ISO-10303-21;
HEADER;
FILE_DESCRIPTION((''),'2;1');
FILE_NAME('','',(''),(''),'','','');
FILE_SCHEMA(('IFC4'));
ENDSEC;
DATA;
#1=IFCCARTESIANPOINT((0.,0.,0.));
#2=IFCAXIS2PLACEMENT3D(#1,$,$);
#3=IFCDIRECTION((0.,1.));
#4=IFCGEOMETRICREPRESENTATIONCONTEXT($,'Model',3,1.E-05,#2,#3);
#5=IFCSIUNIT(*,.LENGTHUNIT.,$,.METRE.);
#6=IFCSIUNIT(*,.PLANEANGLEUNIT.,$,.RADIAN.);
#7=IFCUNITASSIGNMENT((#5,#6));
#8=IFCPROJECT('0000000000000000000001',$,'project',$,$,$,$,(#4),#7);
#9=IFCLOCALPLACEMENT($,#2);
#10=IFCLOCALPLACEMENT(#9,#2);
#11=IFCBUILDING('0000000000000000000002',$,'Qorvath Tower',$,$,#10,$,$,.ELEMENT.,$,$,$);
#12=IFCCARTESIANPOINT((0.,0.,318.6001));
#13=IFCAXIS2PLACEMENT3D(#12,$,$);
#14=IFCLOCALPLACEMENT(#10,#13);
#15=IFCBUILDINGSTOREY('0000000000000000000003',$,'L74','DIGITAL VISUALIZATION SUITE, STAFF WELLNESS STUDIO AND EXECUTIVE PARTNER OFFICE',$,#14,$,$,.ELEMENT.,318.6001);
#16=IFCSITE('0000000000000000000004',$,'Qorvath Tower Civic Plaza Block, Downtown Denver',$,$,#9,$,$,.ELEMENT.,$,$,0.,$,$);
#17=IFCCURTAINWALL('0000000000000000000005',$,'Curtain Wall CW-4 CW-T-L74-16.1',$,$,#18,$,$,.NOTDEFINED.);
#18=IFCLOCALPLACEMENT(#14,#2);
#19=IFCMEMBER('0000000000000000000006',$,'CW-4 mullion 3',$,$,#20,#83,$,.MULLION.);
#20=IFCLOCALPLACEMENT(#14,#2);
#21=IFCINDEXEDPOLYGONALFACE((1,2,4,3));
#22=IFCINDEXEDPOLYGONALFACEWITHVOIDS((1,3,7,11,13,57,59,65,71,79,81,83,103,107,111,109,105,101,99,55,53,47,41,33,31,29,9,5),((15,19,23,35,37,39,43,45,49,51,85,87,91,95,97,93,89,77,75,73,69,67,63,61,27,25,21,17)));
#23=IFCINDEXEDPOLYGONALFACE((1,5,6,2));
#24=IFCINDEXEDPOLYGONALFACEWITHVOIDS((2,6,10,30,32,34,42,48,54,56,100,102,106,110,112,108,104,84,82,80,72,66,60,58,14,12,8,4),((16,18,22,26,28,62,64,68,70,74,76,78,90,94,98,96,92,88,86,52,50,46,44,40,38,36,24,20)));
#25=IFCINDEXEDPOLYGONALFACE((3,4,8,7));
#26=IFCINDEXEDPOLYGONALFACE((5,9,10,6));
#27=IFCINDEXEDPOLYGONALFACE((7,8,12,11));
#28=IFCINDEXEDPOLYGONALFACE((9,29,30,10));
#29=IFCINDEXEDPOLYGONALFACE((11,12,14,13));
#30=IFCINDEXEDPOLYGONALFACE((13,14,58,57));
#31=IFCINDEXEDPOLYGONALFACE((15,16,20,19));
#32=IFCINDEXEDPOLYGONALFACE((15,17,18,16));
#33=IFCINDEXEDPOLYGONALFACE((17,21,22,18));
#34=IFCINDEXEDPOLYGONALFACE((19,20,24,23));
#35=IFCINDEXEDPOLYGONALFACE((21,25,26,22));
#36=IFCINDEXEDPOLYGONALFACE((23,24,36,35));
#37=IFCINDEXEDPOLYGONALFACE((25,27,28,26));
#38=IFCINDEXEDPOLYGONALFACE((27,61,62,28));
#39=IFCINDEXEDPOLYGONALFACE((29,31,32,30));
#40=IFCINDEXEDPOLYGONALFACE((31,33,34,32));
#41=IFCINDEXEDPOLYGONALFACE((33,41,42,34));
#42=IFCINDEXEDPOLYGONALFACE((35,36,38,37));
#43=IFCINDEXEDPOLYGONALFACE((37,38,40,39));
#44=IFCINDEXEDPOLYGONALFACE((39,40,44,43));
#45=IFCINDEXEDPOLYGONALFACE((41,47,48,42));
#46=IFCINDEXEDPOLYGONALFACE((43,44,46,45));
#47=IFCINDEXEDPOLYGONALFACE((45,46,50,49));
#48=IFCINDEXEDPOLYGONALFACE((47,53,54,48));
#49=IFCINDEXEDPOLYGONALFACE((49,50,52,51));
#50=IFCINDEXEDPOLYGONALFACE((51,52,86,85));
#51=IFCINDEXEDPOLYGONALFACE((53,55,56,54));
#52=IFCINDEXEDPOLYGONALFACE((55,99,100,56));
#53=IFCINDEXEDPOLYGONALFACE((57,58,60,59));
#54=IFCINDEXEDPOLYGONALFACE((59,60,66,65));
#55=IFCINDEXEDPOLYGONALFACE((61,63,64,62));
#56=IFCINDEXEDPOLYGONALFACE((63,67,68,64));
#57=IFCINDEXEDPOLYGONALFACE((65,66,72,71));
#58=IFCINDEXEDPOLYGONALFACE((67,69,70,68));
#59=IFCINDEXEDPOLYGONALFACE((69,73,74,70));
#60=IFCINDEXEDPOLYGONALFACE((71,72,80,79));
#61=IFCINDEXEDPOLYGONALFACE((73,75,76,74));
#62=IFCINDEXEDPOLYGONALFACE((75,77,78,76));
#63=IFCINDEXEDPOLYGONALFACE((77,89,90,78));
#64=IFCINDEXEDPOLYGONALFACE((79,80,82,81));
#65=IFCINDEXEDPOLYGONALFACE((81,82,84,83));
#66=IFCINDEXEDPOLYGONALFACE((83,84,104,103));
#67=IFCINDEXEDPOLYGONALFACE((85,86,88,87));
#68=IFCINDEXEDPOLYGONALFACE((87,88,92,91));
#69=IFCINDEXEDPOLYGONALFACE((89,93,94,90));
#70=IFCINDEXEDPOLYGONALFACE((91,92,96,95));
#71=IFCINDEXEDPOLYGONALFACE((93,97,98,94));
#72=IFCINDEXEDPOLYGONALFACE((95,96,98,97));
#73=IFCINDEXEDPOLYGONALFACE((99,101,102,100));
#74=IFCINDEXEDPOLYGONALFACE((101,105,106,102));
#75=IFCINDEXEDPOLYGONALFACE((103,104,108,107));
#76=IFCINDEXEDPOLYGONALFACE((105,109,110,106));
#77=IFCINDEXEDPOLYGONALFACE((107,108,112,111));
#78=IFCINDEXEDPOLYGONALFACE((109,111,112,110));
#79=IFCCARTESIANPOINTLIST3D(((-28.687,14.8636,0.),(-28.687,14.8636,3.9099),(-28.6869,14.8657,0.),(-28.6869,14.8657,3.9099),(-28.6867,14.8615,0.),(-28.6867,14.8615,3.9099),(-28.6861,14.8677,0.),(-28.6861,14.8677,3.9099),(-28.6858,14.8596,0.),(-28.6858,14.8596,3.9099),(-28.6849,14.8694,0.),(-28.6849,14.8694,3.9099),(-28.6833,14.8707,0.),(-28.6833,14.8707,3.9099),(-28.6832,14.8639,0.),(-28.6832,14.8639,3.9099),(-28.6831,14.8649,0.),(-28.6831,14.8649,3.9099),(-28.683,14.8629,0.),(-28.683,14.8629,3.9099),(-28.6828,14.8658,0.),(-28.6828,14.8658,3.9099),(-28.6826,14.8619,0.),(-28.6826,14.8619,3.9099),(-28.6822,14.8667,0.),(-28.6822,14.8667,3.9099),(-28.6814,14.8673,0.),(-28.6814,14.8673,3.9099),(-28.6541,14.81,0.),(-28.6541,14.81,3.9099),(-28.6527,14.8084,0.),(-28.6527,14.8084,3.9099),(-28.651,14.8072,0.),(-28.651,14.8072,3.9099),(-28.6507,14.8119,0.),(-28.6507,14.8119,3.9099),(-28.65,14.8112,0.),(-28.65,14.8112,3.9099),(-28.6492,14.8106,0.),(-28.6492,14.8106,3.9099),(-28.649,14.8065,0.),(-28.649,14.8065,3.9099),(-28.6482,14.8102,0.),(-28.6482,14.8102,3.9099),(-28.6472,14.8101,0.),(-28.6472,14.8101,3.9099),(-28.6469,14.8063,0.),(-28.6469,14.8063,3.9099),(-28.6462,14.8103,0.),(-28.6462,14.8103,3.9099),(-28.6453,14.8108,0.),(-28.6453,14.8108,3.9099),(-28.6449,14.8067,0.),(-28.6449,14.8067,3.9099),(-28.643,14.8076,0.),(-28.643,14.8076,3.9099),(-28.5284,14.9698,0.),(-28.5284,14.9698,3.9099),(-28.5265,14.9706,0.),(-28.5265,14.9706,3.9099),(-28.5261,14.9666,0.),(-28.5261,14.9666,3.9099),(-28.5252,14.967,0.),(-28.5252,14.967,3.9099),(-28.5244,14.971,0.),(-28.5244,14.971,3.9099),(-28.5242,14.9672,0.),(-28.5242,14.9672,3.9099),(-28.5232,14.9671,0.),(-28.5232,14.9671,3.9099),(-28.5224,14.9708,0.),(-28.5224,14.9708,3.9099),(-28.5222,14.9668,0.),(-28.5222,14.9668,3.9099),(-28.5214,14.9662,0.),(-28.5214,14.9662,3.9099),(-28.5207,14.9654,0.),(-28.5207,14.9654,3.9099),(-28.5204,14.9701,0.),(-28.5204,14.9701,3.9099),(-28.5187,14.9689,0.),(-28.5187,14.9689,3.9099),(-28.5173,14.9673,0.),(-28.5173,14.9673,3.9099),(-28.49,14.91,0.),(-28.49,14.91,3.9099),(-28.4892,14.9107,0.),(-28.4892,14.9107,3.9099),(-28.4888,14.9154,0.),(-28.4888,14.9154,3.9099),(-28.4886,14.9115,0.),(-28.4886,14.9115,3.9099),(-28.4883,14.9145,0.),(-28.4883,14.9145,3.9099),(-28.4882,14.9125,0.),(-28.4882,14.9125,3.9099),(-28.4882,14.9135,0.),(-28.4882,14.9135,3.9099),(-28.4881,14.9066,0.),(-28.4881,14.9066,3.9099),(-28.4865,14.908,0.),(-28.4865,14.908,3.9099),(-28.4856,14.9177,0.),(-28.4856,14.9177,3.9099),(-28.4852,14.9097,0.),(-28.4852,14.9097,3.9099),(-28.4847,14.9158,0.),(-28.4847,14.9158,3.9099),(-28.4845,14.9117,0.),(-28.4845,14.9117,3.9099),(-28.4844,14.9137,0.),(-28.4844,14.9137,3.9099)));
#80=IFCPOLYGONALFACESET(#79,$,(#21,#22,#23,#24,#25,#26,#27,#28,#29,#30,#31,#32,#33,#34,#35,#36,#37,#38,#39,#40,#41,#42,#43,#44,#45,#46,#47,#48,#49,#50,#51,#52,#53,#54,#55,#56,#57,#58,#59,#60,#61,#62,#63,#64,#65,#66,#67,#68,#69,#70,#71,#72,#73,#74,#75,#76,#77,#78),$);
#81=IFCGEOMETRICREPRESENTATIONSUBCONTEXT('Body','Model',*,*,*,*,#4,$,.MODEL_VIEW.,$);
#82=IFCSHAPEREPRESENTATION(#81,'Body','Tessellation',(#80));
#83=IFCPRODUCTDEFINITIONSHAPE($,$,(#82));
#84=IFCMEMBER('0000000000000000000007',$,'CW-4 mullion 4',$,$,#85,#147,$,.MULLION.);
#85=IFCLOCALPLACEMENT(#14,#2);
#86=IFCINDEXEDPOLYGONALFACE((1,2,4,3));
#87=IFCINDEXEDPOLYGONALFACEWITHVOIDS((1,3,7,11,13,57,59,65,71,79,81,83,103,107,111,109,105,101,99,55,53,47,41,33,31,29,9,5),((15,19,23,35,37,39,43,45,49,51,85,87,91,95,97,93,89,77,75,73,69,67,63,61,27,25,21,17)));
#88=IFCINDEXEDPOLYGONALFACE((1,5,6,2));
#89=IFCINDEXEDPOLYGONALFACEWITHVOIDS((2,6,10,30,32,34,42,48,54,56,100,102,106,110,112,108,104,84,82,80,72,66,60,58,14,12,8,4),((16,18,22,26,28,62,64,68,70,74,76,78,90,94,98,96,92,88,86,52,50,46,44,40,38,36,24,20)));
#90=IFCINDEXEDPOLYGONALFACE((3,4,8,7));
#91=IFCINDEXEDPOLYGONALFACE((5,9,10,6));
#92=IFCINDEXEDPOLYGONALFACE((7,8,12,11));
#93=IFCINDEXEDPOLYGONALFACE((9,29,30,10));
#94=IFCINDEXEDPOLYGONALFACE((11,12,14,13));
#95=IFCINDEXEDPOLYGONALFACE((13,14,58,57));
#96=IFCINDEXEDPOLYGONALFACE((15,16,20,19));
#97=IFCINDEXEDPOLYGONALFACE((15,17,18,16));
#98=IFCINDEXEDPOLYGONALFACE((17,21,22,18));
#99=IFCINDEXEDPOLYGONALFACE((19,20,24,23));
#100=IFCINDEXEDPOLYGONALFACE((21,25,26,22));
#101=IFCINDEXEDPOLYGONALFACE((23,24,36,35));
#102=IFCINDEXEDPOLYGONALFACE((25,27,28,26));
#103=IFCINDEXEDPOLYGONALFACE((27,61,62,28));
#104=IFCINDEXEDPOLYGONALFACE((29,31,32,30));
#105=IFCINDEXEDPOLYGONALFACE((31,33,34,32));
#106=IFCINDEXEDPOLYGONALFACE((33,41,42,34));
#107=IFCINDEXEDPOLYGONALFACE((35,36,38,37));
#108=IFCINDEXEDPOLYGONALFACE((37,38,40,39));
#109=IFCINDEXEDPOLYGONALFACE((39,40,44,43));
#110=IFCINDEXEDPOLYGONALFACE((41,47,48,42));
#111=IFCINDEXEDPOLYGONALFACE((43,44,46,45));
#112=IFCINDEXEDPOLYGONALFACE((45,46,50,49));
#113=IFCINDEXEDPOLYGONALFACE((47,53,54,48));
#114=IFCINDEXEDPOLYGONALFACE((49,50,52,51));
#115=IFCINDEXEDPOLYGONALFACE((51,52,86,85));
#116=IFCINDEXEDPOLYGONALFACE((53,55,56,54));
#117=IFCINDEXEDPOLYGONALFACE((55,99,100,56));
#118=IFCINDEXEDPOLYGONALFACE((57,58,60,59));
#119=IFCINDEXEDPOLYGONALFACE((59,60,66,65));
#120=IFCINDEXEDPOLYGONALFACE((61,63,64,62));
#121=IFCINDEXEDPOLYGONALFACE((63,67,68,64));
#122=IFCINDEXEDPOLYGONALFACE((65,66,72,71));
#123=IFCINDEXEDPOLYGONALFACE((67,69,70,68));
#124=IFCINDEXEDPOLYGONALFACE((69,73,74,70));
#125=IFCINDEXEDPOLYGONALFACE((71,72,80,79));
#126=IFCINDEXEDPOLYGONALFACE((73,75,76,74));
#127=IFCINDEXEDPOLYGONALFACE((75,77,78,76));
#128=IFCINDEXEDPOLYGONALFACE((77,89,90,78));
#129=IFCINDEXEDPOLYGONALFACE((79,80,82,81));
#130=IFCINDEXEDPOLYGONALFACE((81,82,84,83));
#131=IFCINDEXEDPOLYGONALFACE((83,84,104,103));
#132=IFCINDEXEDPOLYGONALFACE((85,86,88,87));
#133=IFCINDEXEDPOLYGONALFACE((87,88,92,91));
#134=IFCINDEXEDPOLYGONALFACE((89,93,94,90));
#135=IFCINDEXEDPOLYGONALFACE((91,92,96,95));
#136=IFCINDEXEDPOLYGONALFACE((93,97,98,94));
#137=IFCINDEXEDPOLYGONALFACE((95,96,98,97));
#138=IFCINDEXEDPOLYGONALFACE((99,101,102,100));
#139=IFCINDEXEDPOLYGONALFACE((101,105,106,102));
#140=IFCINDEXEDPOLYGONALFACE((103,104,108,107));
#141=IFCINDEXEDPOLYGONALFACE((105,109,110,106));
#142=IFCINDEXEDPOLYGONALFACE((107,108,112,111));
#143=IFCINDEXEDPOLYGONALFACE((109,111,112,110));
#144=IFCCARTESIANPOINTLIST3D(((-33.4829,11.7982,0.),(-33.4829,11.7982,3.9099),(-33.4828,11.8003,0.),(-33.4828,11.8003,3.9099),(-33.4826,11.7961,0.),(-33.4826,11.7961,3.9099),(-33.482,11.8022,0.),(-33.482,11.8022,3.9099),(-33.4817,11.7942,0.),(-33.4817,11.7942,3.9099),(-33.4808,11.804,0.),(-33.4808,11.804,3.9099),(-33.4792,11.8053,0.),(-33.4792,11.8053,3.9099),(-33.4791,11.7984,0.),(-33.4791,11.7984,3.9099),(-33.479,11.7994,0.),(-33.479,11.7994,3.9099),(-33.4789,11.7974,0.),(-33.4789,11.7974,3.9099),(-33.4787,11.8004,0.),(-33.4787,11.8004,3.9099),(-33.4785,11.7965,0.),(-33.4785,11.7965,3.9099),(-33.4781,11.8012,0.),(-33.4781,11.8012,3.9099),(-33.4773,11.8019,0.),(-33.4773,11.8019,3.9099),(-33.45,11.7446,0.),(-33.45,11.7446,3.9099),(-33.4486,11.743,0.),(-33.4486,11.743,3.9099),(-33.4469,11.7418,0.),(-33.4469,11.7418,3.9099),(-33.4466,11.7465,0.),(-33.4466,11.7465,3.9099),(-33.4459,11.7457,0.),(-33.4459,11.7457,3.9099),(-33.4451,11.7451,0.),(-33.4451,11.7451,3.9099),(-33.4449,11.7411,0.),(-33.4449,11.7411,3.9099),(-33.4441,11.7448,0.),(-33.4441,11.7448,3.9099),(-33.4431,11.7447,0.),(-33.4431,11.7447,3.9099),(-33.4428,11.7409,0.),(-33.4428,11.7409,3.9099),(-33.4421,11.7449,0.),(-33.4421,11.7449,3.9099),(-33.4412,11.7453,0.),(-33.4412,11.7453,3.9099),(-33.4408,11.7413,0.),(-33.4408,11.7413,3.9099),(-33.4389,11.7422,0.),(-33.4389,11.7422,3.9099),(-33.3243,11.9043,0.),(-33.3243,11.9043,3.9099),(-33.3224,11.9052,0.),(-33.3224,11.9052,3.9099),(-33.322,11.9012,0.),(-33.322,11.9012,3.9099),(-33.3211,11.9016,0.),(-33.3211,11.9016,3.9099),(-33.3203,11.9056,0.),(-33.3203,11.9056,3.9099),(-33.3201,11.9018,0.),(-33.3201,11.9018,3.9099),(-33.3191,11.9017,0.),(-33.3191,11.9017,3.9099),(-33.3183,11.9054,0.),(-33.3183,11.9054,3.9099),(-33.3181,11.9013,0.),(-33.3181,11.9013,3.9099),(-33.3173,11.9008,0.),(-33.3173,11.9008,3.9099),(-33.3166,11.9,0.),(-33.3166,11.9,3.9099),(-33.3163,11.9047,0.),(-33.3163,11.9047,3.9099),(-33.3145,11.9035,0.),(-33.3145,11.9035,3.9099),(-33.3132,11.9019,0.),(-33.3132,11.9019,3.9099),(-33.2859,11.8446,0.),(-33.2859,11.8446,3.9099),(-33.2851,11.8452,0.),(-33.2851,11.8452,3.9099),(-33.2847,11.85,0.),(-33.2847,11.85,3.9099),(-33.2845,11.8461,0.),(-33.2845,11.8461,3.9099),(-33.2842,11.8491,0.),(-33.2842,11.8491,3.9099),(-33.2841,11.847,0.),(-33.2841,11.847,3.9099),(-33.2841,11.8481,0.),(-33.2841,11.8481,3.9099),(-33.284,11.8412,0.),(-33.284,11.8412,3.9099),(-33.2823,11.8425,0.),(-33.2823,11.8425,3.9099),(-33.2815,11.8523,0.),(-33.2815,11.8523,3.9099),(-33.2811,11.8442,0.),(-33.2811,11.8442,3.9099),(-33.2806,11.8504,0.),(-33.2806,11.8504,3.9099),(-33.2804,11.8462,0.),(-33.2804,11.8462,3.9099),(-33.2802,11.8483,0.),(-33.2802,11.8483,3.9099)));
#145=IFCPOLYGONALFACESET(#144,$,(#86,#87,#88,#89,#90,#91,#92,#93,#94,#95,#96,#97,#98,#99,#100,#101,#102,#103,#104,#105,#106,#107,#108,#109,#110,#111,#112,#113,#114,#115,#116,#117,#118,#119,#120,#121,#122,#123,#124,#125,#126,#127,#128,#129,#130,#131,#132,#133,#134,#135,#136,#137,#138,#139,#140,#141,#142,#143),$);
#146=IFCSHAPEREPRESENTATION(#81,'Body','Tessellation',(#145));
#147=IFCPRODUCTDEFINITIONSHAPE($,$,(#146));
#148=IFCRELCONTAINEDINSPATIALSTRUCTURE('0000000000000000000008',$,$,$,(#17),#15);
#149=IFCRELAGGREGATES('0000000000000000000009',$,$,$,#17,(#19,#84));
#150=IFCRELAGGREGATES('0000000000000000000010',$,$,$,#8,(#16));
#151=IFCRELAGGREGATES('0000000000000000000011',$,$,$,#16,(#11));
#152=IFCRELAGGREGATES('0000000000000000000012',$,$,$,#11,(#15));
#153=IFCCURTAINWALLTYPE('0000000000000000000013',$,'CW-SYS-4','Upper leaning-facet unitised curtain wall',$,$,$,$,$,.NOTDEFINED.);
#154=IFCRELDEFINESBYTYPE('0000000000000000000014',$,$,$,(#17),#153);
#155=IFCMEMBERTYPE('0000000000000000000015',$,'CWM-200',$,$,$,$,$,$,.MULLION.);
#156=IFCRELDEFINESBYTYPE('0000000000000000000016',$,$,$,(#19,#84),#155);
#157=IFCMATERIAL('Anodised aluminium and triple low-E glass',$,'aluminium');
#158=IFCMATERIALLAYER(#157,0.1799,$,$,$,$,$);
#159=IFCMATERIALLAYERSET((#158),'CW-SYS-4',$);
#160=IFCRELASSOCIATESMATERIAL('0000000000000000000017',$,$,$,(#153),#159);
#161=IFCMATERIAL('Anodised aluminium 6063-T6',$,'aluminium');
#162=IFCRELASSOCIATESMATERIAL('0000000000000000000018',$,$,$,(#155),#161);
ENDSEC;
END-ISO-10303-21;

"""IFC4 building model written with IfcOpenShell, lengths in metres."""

from ifc_helpers import new_model, si_unit, direction, frame, origin, origin_2d, place, context, subcontext, project, spatial, hollow_rectangle, extrude, material, layer, layer_set, material_profile, profile_set, type_object, element, aggregate, save


model = new_model("IFC4")

# Units and contexts
model_context = context("Model", 3, precision=1e-05, world=origin(), true_north=direction((0.0, 1.0)))
body_context = subcontext(model_context, "Body", "Model", "MODEL_VIEW")
ifc_project = project(units=[si_unit("LENGTHUNIT", "METRE"), si_unit("PLANEANGLEUNIT", "RADIAN")], contexts=[model_context])

# Site, building, storey
site_placement = place(None, origin())
site = spatial("IfcSite", under=ifc_project, at=site_placement, Name="Qorvath Tower Civic Plaza Block, Downtown Denver", CompositionType="ELEMENT", RefElevation=0.0)
building_placement = place(site_placement, origin())
building = spatial("IfcBuilding", under=site, at=building_placement, Name="Qorvath Tower", CompositionType="ELEMENT")
storey_placement = place(building_placement, frame((0.0, 0.0, 318.6001)))
storey = spatial("IfcBuildingStorey", under=building, at=storey_placement, Name="L74", Description="DIGITAL VISUALIZATION SUITE, STAFF WELLNESS STUDIO AND EXECUTIVE PARTNER OFFICE", CompositionType="ELEMENT", Elevation=318.6001)

# Curtain wall, members
ifc_material_1 = material(Name="Anodised aluminium and triple low-E glass", Category="aluminium")
ifc_layer_1 = layer(ifc_material_1, 0.1799)
ifc_layer_set_1 = layer_set([ifc_layer_1], Name="CW-SYS-4")
curtain_wall_type = type_object("IfcCurtainWallType", Name="CW-SYS-4", Description="Upper leaning-facet unitised curtain wall", PredefinedType="NOTDEFINED", material=ifc_layer_set_1)
curtain_wall_placement = place(storey_placement, origin())
curtain_wall = element("IfcCurtainWall", 1, at=curtain_wall_placement, inside=storey, type_object=curtain_wall_type, Name="Curtain Wall CW-4 CW-T-L74-16.1", PredefinedType="NOTDEFINED")
ifc_material_2 = material(Name="Anodised aluminium 6063-T6", Category="aluminium")
ifc_material_profile_1 = material_profile(ifc_material_2, hollow_rectangle(XDim=0.075, YDim=0.2, WallThickness=0.0039, InnerFilletRadius=0.0039, OuterFilletRadius=0.0081, at=origin_2d()), Name="CWM 200x75")
ifc_profile_set_1 = profile_set([ifc_material_profile_1], Name="Anodised aluminium 6063-T6")
member_type_1 = type_object("IfcMemberType", Name="CWM-200", PredefinedType="MULLION", material=ifc_profile_set_1)
member_1_placement = place(storey_placement, frame((-28.5857, 14.8887, 0.0), z_axis=(0.0, 0.0, 1.0), x_axis=(0.538532, -0.842605, 0.0)))
member_1 = element("IfcMember", 2, at=member_1_placement, type_object=member_type_1, Name="CW-4 mullion 3", PredefinedType="MULLION", context=body_context, shape_type="SweptSolid", body=[
    extrude(hollow_rectangle(XDim=0.075, YDim=0.2, WallThickness=0.0039, InnerFilletRadius=0.0039, OuterFilletRadius=0.0081, at=origin_2d()), origin(), (0.0, 0.0, 1.0), 3.9099),
])
member_2_placement = place(storey_placement, frame((-33.3816, 11.8232, 0.0), z_axis=(0.0, 0.0, 1.0), x_axis=(0.538532, -0.842605, 0.0)))
member_2 = element("IfcMember", 3, at=member_2_placement, type_object=member_type_1, Name="CW-4 mullion 4", PredefinedType="MULLION", context=body_context, shape_type="SweptSolid", body=[
    extrude(hollow_rectangle(XDim=0.075, YDim=0.2, WallThickness=0.0039, InnerFilletRadius=0.0039, OuterFilletRadius=0.0081, at=origin_2d()), origin(), (0.0, 0.0, 1.0), 3.9099),
])
aggregate(curtain_wall, [member_1, member_2])

save(model, "model.ifc")
